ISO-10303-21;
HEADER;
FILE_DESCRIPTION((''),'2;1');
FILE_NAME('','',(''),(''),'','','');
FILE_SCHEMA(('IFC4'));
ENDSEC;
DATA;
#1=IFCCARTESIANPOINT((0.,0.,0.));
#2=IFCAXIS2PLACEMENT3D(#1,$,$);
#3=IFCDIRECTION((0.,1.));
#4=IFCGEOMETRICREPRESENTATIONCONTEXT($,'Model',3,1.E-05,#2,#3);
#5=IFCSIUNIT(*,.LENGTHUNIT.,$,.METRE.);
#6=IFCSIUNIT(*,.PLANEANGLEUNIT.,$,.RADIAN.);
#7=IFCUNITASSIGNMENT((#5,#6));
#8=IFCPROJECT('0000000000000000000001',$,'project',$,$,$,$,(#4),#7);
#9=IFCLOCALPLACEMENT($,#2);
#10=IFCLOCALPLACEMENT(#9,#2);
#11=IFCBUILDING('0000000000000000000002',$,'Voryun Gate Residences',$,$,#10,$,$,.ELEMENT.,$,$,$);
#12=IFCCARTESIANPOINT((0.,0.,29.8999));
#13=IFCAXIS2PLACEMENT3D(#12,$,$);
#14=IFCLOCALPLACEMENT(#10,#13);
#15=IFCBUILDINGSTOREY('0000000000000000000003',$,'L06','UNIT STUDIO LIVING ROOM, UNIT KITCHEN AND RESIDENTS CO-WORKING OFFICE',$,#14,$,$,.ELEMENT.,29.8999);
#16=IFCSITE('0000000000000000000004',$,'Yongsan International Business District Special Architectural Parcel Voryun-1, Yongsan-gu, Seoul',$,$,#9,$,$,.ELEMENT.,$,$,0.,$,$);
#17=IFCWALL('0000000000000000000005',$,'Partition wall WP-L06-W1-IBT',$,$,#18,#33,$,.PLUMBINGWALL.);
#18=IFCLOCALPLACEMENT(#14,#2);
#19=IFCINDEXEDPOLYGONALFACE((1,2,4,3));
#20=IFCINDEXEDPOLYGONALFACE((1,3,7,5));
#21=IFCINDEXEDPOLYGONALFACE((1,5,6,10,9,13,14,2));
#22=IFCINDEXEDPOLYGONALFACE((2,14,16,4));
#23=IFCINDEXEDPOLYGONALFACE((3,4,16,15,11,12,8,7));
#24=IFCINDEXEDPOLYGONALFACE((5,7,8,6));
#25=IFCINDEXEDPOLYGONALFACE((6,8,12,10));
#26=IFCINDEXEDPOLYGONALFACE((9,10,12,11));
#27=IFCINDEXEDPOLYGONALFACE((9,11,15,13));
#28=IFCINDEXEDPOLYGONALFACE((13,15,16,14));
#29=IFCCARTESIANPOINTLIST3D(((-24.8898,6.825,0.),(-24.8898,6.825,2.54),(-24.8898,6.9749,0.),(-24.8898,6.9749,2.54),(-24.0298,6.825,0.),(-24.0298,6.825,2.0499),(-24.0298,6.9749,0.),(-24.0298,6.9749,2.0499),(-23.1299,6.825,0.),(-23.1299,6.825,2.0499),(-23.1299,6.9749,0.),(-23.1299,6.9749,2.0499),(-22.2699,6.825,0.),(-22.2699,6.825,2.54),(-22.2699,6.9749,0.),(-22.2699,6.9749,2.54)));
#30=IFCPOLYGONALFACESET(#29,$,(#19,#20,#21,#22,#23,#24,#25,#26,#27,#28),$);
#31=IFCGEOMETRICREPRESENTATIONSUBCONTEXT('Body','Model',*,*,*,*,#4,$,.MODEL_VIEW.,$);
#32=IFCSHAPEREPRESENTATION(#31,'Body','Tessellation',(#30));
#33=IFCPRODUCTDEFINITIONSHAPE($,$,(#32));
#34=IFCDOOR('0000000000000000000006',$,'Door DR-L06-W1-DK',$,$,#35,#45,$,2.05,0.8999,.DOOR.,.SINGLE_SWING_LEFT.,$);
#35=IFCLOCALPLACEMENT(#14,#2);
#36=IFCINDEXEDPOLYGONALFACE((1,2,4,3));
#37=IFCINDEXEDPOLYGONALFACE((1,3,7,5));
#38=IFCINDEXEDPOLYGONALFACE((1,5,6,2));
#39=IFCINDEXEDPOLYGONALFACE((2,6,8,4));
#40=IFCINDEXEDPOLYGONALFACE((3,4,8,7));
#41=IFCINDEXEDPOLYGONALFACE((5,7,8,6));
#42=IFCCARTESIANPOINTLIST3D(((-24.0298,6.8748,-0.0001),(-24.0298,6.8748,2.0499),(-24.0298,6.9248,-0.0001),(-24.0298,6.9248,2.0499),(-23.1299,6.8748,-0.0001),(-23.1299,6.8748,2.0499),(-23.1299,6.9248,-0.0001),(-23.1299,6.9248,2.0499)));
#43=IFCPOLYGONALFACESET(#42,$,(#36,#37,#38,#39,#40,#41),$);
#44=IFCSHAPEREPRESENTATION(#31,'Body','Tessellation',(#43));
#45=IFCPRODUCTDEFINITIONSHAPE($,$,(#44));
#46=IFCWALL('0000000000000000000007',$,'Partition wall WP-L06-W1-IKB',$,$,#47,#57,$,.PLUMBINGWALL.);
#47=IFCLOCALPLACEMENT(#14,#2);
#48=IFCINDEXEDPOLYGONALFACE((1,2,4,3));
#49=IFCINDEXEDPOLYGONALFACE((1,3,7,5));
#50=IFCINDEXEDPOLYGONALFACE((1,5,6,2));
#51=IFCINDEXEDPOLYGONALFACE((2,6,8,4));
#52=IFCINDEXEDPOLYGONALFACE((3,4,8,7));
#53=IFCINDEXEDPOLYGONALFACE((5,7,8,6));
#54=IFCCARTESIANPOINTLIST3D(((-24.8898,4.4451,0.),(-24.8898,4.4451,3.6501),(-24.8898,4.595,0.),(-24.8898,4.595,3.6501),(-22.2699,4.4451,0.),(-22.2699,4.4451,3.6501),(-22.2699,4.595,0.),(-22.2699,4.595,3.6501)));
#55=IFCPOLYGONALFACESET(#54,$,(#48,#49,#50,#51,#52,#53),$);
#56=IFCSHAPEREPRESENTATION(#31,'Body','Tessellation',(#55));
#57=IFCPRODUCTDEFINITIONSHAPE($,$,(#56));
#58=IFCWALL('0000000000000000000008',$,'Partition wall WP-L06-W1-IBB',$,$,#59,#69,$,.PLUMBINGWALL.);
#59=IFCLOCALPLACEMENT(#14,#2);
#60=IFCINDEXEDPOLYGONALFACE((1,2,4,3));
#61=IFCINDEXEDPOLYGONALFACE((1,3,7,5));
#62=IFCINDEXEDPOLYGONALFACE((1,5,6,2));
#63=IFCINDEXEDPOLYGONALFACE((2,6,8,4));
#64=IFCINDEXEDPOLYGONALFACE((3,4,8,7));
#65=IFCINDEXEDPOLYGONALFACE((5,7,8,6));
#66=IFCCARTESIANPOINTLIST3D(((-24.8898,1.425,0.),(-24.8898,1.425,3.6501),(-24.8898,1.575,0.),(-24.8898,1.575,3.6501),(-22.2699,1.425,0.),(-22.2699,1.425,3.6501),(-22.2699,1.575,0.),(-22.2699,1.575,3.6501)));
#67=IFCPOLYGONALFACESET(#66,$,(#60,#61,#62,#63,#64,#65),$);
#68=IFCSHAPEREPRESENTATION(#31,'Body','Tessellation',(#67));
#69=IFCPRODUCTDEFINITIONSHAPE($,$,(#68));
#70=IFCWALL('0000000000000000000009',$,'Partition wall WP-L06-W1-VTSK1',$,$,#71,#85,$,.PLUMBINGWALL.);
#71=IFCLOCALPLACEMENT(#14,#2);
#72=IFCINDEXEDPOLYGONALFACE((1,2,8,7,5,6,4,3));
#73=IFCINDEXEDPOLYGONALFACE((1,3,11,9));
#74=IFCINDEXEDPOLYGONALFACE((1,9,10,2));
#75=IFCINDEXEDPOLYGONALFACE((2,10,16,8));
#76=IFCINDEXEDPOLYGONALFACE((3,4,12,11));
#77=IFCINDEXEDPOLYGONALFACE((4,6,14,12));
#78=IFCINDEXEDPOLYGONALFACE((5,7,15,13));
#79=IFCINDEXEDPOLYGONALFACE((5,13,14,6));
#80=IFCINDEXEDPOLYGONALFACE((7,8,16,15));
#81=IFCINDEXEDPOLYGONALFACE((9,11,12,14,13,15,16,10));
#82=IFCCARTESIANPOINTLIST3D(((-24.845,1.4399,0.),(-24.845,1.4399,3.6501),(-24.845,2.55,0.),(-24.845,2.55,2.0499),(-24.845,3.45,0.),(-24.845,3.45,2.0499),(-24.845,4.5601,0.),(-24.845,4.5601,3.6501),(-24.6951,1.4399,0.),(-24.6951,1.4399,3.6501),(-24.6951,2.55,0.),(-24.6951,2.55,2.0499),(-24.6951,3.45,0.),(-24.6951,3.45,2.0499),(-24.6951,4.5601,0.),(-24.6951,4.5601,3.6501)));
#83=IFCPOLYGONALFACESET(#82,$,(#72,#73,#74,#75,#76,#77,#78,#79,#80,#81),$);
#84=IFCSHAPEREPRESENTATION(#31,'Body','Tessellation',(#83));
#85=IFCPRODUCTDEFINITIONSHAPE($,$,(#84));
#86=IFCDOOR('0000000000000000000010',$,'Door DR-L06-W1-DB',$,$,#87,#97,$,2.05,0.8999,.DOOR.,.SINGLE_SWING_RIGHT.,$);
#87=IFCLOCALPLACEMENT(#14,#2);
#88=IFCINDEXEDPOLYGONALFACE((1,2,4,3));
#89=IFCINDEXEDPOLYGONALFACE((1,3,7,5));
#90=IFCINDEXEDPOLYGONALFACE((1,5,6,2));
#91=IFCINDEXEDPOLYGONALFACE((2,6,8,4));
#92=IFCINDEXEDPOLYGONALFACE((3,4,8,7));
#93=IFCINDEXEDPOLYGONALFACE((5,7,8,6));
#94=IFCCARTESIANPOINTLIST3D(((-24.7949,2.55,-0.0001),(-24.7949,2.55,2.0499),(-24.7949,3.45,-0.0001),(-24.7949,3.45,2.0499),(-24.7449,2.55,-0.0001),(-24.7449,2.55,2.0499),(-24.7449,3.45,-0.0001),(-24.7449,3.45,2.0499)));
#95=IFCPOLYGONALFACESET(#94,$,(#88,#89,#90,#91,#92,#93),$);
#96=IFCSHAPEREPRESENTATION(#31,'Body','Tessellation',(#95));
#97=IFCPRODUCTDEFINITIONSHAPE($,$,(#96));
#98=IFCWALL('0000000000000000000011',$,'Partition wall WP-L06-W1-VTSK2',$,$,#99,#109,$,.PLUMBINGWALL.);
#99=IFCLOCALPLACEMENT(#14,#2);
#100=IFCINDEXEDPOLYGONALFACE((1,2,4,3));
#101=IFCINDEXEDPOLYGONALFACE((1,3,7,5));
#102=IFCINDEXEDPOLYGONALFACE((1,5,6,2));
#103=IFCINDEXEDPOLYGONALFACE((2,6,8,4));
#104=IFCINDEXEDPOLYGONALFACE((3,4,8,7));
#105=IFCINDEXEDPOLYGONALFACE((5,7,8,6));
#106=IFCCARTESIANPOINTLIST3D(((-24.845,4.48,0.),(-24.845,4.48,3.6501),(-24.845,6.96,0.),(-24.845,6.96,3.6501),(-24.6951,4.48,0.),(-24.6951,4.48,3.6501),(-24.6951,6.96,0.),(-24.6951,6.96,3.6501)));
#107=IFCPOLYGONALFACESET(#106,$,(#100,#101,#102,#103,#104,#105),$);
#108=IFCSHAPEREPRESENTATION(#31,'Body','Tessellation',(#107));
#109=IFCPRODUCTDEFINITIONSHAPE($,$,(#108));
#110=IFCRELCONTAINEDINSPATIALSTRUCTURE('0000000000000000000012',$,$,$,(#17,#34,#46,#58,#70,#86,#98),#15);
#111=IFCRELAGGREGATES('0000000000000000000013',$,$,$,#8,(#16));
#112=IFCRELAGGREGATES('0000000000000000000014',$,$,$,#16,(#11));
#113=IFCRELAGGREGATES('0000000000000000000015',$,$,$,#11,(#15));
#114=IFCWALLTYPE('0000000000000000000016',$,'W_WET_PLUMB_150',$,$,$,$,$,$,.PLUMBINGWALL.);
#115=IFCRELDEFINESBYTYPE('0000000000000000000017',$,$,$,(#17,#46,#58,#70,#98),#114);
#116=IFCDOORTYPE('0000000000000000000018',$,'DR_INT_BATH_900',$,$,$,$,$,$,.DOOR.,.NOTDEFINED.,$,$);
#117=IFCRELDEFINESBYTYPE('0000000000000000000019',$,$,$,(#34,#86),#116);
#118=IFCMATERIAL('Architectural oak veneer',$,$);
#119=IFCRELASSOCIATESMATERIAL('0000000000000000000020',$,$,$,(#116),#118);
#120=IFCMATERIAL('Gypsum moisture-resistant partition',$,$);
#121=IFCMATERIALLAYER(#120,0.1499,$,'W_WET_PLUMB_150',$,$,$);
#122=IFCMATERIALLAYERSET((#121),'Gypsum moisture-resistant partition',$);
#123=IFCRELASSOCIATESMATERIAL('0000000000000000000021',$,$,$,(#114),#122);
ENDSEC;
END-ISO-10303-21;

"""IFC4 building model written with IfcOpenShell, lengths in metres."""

from ifc_helpers import new_model, si_unit, direction, frame, frame_2d, origin, place, context, subcontext, project, spatial, rectangle, extrude, material, layer, layer_set, type_object, element, fill, save


model = new_model("IFC4")

# Units and contexts
model_context = context("Model", 3, precision=1e-05, world=origin(), true_north=direction((0.0, 1.0)))
body_context = subcontext(model_context, "Body", "Model", "MODEL_VIEW")
ifc_project = project(units=[si_unit("LENGTHUNIT", "METRE"), si_unit("PLANEANGLEUNIT", "RADIAN")], contexts=[model_context])

# Site, building, storey
site_placement = place(None, origin())
site = spatial("IfcSite", under=ifc_project, at=site_placement, Name="Yongsan International Business District Special Architectural Parcel Voryun-1, Yongsan-gu, Seoul", CompositionType="ELEMENT", RefElevation=0.0)
building_placement = place(site_placement, origin())
building = spatial("IfcBuilding", under=site, at=building_placement, Name="Voryun Gate Residences", CompositionType="ELEMENT")
storey_placement = place(building_placement, frame((0.0, 0.0, 29.8999)))
storey = spatial("IfcBuildingStorey", under=building, at=storey_placement, Name="L06", Description="UNIT STUDIO LIVING ROOM, UNIT KITCHEN AND RESIDENTS CO-WORKING OFFICE", CompositionType="ELEMENT", Elevation=29.8999)

# Wall, opening, door
ifc_material_1 = material(Name="Architectural oak veneer")
door_type_1 = type_object("IfcDoorType", Name="DR_INT_BATH_900", OperationType="NOTDEFINED", PredefinedType="DOOR", material=ifc_material_1)
ifc_material_2 = material(Name="Gypsum moisture-resistant partition")
ifc_layer_1 = layer(ifc_material_2, 0.1499, Name="W_WET_PLUMB_150")
ifc_layer_set_1 = layer_set([ifc_layer_1], Name="Gypsum moisture-resistant partition")
wall_type_1 = type_object("IfcWallType", Name="W_WET_PLUMB_150", PredefinedType="PLUMBINGWALL", material=ifc_layer_set_1)
wall_1_placement = place(storey_placement, frame((-24.8899, 6.8999, 0.0), z_axis=(0.0, 0.0, 1.0), x_axis=(1.0, 0.0, 0.0)))
wall_1 = element("IfcWall", 1, at=wall_1_placement, inside=storey, type_object=wall_type_1, Name="Partition wall WP-L06-W1-IBT", PredefinedType="PLUMBINGWALL", context=body_context, shape_type="SweptSolid", body=[
    extrude(rectangle(XDim=2.6199, YDim=0.1499, at=frame_2d((1.3101, 0.0))), origin(), (0.0, 0.0, 1.0), 2.54),
])
opening_1_placement = place(wall_1_placement, frame((0.8601, 0.0, 0.0)))
opening_1 = element("IfcOpeningElement", 2, at=opening_1_placement, cuts=wall_1, PredefinedType="OPENING", context=body_context, shape_type="SweptSolid", body=[
    extrude(rectangle(XDim=0.8999, YDim=2.05, at=frame_2d((0.45, 1.0249))), frame((0.0, 0.085, 0.0), z_axis=(0.0, -1.0, 0.0), x_axis=(1.0, 0.0, 0.0)), (0.0, 0.0, 1.0), 0.1699),
])
door_1_placement = place(opening_1_placement, origin())
door_1 = element("IfcDoor", 3, at=door_1_placement, inside=storey, type_object=door_type_1, Name="Door DR-L06-W1-DK", OperationType="SINGLE_SWING_LEFT", OverallHeight=2.05, OverallWidth=0.8999, PredefinedType="DOOR", context=body_context, shape_type="SweptSolid", body=[
    extrude(rectangle(XDim=0.8999, YDim=2.05, at=frame_2d((0.45, 1.0249))), frame((0.0, 0.0249, 0.0), z_axis=(0.0, -1.0, 0.0), x_axis=(1.0, 0.0, 0.0)), (0.0, 0.0, 1.0), 0.05),
])
fill(opening_1, door_1)

# Walls
for number, where, z_axis, x_axis, name in (
    (4, (-24.8899, 4.52, 0.0), (0.0, 0.0, 1.0), (1.0, 0.0, 0.0), "Partition wall WP-L06-W1-IKB"),
    (5, (-24.8899, 1.5, 0.0), (0.0, 0.0, 1.0), (1.0, 0.0, 0.0), "Partition wall WP-L06-W1-IBB"),
):
    element("IfcWall", number, at=place(storey_placement, frame(where, z_axis=z_axis, x_axis=x_axis)), inside=storey, type_object=wall_type_1, Name=name, PredefinedType="PLUMBINGWALL", context=body_context, shape_type="SweptSolid", body=[
        extrude(rectangle(XDim=2.6199, YDim=0.1499, at=frame_2d((1.3101, 0.0))), origin(), (0.0, 0.0, 1.0), 3.6501),
    ])

# Wall, opening, door
wall_2_placement = place(storey_placement, frame((-24.77, 1.4399, 0.0), z_axis=(0.0, 0.0, 1.0), x_axis=(0.0, 1.0, 0.0)))
wall_2 = element("IfcWall", 6, at=wall_2_placement, inside=storey, type_object=wall_type_1, Name="Partition wall WP-L06-W1-VTSK1", PredefinedType="PLUMBINGWALL", context=body_context, shape_type="SweptSolid", body=[
    extrude(rectangle(XDim=3.1201, YDim=0.1499, at=frame_2d((1.5601, 0.0))), origin(), (0.0, 0.0, 1.0), 3.6501),
])
opening_2_placement = place(wall_2_placement, frame((1.1101, 0.0, 0.0)))
opening_2 = element("IfcOpeningElement", 7, at=opening_2_placement, cuts=wall_2, PredefinedType="OPENING", context=body_context, shape_type="SweptSolid", body=[
    extrude(rectangle(XDim=0.8999, YDim=2.05, at=frame_2d((0.45, 1.0249))), frame((0.0, 0.085, 0.0), z_axis=(0.0, -1.0, 0.0), x_axis=(1.0, 0.0, 0.0)), (0.0, 0.0, 1.0), 0.1699),
])
door_2_placement = place(opening_2_placement, origin())
door_2 = element("IfcDoor", 8, at=door_2_placement, inside=storey, type_object=door_type_1, Name="Door DR-L06-W1-DB", OperationType="SINGLE_SWING_RIGHT", OverallHeight=2.05, OverallWidth=0.8999, PredefinedType="DOOR", context=body_context, shape_type="SweptSolid", body=[
    extrude(rectangle(XDim=0.8999, YDim=2.05, at=frame_2d((0.45, 1.0249))), frame((0.0, 0.0249, 0.0), z_axis=(0.0, -1.0, 0.0), x_axis=(1.0, 0.0, 0.0)), (0.0, 0.0, 1.0), 0.05),
])
fill(opening_2, door_2)

# Wall
wall_3_placement = place(storey_placement, frame((-24.77, 4.48, 0.0), z_axis=(0.0, 0.0, 1.0), x_axis=(0.0, 1.0, 0.0)))
element("IfcWall", 9, at=wall_3_placement, inside=storey, type_object=wall_type_1, Name="Partition wall WP-L06-W1-VTSK2", PredefinedType="PLUMBINGWALL", context=body_context, shape_type="SweptSolid", body=[
    extrude(rectangle(XDim=2.48, YDim=0.1499, at=frame_2d((1.24, 0.0))), origin(), (0.0, 0.0, 1.0), 3.6501),
])

save(model, "model.ifc")
